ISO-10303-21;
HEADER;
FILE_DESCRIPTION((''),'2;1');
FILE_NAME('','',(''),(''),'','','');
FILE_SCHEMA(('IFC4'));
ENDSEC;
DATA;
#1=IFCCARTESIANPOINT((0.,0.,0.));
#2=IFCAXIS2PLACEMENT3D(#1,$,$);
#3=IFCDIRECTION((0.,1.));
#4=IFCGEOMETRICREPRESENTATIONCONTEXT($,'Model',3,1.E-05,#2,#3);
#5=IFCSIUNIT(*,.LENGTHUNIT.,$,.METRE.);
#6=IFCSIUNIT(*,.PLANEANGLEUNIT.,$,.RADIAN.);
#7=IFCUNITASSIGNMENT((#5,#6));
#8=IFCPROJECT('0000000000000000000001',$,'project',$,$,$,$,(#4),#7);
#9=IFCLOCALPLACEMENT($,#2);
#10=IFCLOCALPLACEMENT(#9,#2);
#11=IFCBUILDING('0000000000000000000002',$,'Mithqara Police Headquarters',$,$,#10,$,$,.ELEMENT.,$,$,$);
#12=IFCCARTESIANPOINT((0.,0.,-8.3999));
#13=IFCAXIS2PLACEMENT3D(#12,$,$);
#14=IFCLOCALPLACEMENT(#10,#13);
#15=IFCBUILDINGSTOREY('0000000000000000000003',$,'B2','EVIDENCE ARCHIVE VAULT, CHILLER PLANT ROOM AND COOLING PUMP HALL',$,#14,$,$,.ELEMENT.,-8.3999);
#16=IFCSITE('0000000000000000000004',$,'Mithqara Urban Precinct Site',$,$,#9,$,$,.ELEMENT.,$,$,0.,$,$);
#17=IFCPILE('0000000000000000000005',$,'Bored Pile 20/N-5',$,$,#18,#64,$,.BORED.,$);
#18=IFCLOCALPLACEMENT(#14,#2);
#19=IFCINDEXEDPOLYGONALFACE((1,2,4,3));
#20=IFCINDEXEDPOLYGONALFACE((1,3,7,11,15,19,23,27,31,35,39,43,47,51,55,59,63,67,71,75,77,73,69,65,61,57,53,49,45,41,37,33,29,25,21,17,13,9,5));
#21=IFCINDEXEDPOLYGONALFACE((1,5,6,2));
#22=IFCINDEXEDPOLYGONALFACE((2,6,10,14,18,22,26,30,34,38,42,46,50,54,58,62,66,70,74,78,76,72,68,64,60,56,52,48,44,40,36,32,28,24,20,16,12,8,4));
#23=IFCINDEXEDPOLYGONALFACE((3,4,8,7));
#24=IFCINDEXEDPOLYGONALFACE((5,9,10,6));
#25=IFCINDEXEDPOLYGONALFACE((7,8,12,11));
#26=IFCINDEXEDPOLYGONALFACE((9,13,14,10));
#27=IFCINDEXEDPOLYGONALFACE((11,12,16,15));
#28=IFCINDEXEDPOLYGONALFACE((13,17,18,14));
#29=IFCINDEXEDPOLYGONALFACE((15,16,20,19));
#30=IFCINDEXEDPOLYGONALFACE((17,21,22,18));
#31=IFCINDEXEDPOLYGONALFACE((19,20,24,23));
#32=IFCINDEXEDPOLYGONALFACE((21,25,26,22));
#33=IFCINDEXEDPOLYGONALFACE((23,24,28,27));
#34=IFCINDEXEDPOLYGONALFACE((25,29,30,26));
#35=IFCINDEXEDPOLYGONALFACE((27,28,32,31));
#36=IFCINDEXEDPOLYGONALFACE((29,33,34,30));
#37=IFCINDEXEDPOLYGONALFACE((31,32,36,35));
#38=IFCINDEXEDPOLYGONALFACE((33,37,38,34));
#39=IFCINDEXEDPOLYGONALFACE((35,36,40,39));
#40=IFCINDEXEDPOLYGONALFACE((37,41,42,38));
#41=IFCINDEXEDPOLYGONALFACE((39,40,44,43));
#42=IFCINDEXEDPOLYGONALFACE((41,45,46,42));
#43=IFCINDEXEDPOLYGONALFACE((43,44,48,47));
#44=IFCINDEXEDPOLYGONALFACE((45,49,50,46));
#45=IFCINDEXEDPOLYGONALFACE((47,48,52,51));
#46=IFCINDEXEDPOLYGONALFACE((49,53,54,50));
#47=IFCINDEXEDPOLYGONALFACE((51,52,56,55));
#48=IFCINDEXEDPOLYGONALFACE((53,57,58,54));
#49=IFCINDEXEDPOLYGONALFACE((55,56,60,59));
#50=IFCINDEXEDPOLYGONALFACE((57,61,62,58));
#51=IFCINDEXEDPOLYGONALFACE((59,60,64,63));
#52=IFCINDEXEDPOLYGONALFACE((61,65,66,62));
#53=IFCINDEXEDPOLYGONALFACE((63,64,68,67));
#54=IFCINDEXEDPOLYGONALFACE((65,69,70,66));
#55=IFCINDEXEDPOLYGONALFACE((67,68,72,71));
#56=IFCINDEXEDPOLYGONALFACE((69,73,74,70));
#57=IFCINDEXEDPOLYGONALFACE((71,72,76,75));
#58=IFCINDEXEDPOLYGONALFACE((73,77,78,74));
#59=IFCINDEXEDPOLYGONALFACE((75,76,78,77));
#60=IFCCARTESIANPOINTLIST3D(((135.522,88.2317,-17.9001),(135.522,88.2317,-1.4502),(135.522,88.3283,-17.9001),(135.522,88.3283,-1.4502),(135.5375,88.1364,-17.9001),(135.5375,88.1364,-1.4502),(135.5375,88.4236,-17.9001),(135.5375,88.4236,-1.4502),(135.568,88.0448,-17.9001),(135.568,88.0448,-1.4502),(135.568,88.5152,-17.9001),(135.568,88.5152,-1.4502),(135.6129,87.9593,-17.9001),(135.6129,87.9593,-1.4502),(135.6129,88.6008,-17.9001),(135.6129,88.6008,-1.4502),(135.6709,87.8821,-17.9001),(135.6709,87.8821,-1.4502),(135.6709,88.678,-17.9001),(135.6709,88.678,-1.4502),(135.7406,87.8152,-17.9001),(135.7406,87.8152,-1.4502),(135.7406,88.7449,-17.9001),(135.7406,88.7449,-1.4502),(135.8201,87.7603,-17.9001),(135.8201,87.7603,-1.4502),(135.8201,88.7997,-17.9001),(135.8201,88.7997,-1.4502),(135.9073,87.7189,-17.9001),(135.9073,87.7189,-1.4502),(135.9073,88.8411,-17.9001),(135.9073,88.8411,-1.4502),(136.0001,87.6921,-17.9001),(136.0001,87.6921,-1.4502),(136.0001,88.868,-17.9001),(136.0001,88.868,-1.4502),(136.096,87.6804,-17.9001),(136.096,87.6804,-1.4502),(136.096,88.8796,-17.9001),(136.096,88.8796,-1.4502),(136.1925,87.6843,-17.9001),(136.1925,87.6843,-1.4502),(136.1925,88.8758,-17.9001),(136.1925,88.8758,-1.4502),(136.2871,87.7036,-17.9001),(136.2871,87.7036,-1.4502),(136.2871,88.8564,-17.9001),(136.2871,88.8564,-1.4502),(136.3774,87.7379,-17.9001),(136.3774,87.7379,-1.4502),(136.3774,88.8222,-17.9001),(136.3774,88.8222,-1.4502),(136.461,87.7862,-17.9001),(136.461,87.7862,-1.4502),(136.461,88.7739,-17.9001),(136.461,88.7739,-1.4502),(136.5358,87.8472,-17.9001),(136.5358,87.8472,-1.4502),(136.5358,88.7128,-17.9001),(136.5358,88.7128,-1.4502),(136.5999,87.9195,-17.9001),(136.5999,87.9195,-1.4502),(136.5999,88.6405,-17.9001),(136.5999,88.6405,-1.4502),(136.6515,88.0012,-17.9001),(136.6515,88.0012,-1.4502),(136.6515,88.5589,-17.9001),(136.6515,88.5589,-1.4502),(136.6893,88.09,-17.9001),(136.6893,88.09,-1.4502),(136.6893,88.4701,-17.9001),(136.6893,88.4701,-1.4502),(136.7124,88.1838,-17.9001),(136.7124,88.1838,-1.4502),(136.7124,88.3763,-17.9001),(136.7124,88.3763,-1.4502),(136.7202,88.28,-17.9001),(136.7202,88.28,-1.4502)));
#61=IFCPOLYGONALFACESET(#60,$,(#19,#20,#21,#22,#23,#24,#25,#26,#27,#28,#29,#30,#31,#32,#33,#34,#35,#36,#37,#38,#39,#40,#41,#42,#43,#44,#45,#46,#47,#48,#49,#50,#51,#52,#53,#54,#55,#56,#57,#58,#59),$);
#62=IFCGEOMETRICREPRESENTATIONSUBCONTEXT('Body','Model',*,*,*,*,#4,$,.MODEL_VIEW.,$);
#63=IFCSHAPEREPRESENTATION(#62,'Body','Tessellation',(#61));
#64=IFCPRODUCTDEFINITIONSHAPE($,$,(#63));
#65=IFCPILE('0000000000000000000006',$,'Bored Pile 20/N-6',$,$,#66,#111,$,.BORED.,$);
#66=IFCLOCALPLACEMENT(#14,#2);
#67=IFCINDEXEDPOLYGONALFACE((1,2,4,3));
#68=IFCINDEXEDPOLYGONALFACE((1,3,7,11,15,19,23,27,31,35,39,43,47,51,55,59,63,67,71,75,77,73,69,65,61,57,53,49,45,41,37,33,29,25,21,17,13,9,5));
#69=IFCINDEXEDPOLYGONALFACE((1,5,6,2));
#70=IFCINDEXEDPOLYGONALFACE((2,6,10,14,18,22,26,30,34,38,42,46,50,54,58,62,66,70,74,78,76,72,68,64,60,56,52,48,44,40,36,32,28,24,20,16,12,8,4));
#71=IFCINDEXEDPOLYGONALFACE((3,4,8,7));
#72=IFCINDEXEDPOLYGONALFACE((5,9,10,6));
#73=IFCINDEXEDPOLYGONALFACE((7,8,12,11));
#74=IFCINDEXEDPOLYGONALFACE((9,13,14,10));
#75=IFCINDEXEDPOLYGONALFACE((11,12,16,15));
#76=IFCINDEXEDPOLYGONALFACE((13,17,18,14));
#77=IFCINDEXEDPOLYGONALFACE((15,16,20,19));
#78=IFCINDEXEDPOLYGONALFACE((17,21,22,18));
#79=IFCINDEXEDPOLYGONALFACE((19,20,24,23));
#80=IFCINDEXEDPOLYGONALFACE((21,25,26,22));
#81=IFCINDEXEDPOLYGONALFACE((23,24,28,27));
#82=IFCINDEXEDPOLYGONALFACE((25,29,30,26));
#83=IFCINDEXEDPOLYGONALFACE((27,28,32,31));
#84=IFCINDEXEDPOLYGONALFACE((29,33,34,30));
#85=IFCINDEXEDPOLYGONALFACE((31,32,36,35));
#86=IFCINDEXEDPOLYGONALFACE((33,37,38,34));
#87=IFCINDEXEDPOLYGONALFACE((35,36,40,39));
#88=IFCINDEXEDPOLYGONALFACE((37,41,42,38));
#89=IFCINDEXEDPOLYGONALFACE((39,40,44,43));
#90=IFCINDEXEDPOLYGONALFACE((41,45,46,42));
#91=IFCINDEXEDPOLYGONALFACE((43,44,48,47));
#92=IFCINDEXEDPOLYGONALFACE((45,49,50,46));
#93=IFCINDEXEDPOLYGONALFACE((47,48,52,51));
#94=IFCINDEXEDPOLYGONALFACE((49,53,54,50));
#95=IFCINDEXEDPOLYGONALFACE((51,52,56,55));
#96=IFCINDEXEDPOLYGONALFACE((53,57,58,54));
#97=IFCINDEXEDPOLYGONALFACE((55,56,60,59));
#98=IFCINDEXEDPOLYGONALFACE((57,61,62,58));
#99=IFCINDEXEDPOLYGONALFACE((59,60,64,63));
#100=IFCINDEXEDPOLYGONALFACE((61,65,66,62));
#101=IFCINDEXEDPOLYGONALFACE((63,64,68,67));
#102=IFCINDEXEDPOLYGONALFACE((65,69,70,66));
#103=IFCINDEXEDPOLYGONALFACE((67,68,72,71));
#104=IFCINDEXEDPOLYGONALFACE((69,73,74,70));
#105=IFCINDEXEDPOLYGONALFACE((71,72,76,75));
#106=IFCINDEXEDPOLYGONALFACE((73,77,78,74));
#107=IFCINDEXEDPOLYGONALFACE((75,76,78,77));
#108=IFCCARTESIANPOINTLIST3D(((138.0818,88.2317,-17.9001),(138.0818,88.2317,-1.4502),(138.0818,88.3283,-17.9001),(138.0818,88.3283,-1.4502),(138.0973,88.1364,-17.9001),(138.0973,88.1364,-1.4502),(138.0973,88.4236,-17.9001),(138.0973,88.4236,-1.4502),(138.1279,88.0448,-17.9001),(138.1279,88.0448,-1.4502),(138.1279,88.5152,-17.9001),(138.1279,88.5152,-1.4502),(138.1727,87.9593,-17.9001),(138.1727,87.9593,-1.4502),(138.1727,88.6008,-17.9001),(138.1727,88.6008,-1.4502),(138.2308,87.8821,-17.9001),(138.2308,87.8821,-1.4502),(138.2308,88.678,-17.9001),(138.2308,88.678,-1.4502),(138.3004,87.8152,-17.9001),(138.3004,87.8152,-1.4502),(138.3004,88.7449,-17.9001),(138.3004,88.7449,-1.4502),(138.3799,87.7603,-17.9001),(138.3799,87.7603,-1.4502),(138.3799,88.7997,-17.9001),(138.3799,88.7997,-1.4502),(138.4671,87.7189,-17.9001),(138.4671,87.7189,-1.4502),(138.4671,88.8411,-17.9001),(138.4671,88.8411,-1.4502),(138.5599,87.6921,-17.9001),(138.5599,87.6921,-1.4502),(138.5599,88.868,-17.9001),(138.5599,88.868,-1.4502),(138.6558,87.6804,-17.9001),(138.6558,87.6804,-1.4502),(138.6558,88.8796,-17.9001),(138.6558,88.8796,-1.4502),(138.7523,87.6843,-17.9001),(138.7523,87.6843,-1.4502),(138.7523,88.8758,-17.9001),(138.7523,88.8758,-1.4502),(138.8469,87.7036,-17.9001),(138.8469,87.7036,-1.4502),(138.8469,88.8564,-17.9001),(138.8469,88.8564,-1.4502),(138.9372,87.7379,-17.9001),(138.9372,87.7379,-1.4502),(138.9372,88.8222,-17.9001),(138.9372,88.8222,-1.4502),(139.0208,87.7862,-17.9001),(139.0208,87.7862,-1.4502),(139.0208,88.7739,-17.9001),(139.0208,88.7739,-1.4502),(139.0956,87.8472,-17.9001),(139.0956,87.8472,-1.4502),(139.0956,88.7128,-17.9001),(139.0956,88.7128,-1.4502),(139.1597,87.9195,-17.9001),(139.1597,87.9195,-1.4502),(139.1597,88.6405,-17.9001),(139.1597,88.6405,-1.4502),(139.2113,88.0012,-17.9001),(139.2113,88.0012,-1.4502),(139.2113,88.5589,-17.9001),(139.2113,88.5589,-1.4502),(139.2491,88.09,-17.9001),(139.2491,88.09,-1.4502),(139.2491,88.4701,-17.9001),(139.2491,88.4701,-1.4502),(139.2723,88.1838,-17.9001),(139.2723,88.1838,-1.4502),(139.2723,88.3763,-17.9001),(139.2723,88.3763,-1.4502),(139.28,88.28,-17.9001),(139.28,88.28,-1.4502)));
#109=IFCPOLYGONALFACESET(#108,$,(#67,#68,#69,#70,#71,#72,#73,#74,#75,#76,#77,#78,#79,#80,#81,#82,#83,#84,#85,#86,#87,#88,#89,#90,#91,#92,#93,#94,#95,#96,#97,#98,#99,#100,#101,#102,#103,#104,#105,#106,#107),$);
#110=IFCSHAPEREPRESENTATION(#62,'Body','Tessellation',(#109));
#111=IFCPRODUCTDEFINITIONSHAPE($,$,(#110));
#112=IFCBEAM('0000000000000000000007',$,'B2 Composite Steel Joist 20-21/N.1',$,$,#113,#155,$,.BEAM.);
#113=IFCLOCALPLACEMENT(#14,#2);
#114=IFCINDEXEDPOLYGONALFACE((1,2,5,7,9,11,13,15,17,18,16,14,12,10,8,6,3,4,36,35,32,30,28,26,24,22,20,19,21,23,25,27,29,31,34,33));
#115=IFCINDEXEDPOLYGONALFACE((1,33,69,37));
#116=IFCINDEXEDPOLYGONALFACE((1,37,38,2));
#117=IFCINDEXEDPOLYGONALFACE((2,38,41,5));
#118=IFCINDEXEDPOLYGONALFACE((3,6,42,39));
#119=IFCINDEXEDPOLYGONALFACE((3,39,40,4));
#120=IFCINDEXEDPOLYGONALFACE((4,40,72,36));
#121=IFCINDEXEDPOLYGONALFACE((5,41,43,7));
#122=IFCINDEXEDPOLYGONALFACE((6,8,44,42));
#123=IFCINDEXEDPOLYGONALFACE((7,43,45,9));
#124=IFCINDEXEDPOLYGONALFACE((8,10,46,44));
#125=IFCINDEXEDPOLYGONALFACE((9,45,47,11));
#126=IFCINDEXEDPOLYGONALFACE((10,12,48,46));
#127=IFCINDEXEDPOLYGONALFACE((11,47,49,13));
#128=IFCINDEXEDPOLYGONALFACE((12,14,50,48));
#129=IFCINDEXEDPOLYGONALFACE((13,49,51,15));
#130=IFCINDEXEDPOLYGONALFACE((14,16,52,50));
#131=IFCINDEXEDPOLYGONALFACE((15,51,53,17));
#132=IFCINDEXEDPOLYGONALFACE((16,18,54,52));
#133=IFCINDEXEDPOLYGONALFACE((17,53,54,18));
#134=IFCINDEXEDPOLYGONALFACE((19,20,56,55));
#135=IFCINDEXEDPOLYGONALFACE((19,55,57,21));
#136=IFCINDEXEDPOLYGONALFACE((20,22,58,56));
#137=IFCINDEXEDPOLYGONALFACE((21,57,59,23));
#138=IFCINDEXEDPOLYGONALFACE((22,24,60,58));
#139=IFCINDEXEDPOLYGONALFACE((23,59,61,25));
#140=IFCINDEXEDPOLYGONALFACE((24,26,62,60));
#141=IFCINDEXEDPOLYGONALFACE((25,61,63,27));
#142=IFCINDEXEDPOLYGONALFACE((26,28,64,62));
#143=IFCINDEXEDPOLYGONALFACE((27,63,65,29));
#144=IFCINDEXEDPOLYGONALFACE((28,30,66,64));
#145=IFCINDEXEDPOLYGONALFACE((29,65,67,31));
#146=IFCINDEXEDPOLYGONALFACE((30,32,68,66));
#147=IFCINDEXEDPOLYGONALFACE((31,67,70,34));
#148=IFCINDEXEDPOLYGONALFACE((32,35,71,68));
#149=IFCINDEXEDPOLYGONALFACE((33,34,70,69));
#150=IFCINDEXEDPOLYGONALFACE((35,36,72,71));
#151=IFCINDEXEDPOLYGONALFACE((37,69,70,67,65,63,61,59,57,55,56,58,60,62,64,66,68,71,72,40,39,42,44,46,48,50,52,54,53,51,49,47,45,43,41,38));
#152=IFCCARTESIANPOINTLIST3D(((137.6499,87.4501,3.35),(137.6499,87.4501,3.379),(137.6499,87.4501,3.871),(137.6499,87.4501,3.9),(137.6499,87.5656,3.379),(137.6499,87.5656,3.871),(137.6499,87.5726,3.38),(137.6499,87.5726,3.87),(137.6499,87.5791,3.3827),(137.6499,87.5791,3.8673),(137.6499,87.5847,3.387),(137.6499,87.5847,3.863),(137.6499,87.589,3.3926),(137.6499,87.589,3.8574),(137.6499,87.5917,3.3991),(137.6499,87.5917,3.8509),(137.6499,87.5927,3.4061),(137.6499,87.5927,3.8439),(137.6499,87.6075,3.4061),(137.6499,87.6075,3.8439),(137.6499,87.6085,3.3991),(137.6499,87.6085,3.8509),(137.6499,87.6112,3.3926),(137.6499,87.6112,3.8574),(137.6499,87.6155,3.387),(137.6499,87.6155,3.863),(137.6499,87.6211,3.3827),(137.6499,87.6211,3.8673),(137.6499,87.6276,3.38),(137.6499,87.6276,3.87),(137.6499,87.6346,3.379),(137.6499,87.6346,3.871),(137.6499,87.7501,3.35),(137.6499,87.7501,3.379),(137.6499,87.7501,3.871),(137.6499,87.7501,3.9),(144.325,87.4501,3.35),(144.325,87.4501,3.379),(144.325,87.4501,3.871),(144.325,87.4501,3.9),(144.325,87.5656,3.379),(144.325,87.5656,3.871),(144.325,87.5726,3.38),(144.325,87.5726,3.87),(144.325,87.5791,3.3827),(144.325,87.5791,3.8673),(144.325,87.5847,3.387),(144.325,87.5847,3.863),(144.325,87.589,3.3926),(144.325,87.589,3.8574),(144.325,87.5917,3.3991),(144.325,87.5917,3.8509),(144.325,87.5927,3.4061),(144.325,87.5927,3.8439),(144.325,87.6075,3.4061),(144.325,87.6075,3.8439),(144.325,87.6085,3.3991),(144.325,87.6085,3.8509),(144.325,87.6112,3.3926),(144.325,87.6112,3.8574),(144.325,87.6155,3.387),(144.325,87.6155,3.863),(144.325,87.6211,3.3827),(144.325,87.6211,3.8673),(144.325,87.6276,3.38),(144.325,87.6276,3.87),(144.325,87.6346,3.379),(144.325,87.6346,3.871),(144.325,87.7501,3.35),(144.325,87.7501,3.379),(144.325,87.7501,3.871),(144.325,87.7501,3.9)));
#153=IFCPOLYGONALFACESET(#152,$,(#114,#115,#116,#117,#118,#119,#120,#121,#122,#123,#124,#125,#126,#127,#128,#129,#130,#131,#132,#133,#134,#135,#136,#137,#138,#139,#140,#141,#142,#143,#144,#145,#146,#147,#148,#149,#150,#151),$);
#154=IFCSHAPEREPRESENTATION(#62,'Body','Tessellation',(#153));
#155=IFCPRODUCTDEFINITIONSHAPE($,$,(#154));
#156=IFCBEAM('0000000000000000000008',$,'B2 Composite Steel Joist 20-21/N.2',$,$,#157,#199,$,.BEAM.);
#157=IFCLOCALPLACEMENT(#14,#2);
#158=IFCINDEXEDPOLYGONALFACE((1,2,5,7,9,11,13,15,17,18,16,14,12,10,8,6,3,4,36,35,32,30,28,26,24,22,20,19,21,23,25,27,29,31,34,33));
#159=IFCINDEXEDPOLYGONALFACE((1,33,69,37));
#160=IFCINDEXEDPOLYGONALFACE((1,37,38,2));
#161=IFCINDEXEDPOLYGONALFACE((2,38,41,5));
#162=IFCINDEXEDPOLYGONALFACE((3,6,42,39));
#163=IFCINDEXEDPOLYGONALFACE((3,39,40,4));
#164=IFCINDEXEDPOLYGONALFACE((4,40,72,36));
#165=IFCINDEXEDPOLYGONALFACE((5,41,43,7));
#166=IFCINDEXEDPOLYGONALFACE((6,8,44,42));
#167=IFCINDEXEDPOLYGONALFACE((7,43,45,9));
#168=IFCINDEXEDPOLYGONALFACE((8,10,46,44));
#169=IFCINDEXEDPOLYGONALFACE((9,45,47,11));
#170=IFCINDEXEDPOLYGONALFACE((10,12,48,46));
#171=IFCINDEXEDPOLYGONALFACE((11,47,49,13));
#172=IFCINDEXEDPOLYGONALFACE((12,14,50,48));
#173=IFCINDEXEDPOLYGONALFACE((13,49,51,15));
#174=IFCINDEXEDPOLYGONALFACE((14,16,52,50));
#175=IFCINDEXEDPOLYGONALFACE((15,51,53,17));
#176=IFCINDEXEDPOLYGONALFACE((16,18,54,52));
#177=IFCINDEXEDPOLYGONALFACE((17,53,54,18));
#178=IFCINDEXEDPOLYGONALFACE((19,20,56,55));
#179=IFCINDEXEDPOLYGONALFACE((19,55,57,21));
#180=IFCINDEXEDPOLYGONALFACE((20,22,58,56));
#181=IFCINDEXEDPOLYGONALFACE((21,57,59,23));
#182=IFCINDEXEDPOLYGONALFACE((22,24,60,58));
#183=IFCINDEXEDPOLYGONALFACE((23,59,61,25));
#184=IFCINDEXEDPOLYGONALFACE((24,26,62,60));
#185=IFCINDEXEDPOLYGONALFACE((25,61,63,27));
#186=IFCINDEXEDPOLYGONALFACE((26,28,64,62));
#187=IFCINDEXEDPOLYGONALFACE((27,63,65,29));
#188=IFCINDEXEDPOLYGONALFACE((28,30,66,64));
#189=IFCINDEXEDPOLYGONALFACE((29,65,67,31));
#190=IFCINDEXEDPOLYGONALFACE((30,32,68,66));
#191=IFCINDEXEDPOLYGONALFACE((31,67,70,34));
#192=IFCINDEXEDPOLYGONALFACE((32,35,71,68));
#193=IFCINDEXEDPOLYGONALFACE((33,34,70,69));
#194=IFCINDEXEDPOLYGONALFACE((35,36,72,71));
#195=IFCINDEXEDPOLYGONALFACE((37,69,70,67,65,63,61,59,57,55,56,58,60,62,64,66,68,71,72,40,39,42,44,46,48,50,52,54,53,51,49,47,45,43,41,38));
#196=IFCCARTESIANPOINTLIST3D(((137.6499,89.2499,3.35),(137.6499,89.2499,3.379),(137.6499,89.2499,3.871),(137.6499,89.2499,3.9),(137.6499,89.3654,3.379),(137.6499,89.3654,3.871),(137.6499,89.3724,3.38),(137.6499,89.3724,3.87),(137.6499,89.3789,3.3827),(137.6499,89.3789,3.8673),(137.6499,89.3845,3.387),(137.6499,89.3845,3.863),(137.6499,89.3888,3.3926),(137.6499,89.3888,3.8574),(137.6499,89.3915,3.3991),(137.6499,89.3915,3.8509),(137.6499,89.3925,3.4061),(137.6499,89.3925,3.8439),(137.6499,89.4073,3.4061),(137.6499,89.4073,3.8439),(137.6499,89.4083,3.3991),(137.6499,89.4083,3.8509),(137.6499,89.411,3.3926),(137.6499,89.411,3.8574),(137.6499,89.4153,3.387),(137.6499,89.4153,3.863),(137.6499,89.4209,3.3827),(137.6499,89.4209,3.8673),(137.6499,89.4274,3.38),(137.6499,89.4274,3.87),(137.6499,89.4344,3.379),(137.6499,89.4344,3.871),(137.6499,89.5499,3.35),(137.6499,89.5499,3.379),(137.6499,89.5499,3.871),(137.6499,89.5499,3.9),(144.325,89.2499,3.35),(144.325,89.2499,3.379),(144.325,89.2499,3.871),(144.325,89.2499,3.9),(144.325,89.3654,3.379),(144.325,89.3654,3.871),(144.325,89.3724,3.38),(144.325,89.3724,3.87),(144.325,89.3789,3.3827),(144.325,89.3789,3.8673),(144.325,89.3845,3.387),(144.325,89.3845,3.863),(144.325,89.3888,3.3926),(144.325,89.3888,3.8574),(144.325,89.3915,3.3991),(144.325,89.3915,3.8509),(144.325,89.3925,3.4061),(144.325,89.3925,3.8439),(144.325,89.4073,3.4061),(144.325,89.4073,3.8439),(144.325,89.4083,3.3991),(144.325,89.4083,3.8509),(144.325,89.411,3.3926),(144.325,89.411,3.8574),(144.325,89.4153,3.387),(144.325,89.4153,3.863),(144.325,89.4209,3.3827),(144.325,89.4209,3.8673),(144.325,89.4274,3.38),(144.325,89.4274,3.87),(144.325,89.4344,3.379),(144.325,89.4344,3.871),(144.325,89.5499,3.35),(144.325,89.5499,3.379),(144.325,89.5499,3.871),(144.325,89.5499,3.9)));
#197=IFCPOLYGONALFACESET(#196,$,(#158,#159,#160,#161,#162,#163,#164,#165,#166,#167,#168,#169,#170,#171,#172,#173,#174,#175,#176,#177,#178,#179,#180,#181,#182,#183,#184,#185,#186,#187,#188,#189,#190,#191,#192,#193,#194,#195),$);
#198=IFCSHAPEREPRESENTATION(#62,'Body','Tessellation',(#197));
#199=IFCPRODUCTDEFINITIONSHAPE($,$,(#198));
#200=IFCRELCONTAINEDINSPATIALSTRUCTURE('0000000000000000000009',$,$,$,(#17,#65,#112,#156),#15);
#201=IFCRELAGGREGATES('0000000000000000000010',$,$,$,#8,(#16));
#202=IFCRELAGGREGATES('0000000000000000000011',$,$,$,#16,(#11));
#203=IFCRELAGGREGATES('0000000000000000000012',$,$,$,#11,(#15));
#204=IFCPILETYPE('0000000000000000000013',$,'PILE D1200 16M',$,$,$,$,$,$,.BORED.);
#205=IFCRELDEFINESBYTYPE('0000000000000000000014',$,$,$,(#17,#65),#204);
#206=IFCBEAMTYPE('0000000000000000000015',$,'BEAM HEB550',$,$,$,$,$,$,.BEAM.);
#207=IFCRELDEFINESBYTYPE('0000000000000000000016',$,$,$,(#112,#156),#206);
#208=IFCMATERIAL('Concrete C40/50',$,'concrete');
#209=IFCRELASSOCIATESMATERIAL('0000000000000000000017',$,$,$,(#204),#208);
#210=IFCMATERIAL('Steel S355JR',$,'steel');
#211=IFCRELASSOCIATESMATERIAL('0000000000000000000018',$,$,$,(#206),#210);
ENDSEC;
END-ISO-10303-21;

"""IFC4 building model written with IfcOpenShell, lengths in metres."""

from ifc_helpers import new_model, si_unit, direction, frame, origin, origin_2d, place, context, subcontext, project, spatial, circle, i_section, extrude, material, material_profile, profile_set, type_object, element, save


model = new_model("IFC4")

# Units and contexts
model_context = context("Model", 3, precision=1e-05, world=origin(), true_north=direction((0.0, 1.0)))
body_context = subcontext(model_context, "Body", "Model", "MODEL_VIEW")
ifc_project = project(units=[si_unit("LENGTHUNIT", "METRE"), si_unit("PLANEANGLEUNIT", "RADIAN")], contexts=[model_context])

# Site, building, storey
site_placement = place(None, origin())
site = spatial("IfcSite", under=ifc_project, at=site_placement, Name="Mithqara Urban Precinct Site", CompositionType="ELEMENT", RefElevation=0.0)
building_placement = place(site_placement, origin())
building = spatial("IfcBuilding", under=site, at=building_placement, Name="Mithqara Police Headquarters", CompositionType="ELEMENT")
storey_placement = place(building_placement, frame((0.0, 0.0, -8.3999)))
storey = spatial("IfcBuildingStorey", under=building, at=storey_placement, Name="B2", Description="EVIDENCE ARCHIVE VAULT, CHILLER PLANT ROOM AND COOLING PUMP HALL", CompositionType="ELEMENT", Elevation=-8.3999)

# Shared definitions
ifc_material_1 = material(Name="Concrete C40/50", Category="concrete")

# Piles
ifc_material_profile_1 = material_profile(ifc_material_1, circle(Radius=0.6001, at=origin_2d()), Name="PILE D1200")
ifc_profile_set_1 = profile_set([ifc_material_profile_1], Name="Concrete C40/50")
pile_type = type_object("IfcPileType", Name="PILE D1200 16M", PredefinedType="BORED", material=ifc_profile_set_1)
for number, where, z_axis, x_axis, name in (
    (1, (136.1201, 88.28, -1.4502), (0.0, 0.0, -1.0), (1.0, 0.0, 0.0), "Bored Pile 20/N-5"),
    (2, (138.6799, 88.28, -1.4502), (0.0, 0.0, -1.0), (1.0, 0.0, 0.0), "Bored Pile 20/N-6"),
):
    element("IfcPile", number, at=place(storey_placement, frame(where, z_axis=z_axis, x_axis=x_axis)), inside=storey, type_object=pile_type, Name=name, PredefinedType="BORED", context=body_context, shape_type="SweptSolid", body=[
        extrude(circle(Radius=0.6001, at=origin_2d()), origin(), (0.0, 0.0, 1.0), 16.45),
    ])

# Beams
ifc_material_2 = material(Name="Steel S355JR", Category="steel")
ifc_material_profile_2 = material_profile(ifc_material_2, i_section(OverallWidth=0.3, OverallDepth=0.55, WebThickness=0.0149, FlangeThickness=0.0291, FilletRadius=0.0271, at=origin_2d()), Name="HEB 550")
ifc_profile_set_2 = profile_set([ifc_material_profile_2], Name="Steel S355JR")
beam_type_1 = type_object("IfcBeamType", Name="BEAM HEB550", PredefinedType="BEAM", material=ifc_profile_set_2)
for number, where, z_axis, x_axis, name in (
    (3, (137.6499, 87.6001, 3.625), (1.0, 0.0, 0.0), (0.0, 1.0, 0.0), "B2 Composite Steel Joist 20-21/N.1"),
    (4, (137.6499, 89.3999, 3.625), (1.0, 0.0, 0.0), (0.0, 1.0, 0.0), "B2 Composite Steel Joist 20-21/N.2"),
):
    element("IfcBeam", number, at=place(storey_placement, frame(where, z_axis=z_axis, x_axis=x_axis)), inside=storey, type_object=beam_type_1, Name=name, PredefinedType="BEAM", context=body_context, shape_type="SweptSolid", body=[
        extrude(i_section(OverallWidth=0.3, OverallDepth=0.55, WebThickness=0.0149, FlangeThickness=0.0291, FilletRadius=0.0271, at=origin_2d()), origin(), (0.0, 0.0, 1.0), 6.675),
    ])

save(model, "model.ifc")
